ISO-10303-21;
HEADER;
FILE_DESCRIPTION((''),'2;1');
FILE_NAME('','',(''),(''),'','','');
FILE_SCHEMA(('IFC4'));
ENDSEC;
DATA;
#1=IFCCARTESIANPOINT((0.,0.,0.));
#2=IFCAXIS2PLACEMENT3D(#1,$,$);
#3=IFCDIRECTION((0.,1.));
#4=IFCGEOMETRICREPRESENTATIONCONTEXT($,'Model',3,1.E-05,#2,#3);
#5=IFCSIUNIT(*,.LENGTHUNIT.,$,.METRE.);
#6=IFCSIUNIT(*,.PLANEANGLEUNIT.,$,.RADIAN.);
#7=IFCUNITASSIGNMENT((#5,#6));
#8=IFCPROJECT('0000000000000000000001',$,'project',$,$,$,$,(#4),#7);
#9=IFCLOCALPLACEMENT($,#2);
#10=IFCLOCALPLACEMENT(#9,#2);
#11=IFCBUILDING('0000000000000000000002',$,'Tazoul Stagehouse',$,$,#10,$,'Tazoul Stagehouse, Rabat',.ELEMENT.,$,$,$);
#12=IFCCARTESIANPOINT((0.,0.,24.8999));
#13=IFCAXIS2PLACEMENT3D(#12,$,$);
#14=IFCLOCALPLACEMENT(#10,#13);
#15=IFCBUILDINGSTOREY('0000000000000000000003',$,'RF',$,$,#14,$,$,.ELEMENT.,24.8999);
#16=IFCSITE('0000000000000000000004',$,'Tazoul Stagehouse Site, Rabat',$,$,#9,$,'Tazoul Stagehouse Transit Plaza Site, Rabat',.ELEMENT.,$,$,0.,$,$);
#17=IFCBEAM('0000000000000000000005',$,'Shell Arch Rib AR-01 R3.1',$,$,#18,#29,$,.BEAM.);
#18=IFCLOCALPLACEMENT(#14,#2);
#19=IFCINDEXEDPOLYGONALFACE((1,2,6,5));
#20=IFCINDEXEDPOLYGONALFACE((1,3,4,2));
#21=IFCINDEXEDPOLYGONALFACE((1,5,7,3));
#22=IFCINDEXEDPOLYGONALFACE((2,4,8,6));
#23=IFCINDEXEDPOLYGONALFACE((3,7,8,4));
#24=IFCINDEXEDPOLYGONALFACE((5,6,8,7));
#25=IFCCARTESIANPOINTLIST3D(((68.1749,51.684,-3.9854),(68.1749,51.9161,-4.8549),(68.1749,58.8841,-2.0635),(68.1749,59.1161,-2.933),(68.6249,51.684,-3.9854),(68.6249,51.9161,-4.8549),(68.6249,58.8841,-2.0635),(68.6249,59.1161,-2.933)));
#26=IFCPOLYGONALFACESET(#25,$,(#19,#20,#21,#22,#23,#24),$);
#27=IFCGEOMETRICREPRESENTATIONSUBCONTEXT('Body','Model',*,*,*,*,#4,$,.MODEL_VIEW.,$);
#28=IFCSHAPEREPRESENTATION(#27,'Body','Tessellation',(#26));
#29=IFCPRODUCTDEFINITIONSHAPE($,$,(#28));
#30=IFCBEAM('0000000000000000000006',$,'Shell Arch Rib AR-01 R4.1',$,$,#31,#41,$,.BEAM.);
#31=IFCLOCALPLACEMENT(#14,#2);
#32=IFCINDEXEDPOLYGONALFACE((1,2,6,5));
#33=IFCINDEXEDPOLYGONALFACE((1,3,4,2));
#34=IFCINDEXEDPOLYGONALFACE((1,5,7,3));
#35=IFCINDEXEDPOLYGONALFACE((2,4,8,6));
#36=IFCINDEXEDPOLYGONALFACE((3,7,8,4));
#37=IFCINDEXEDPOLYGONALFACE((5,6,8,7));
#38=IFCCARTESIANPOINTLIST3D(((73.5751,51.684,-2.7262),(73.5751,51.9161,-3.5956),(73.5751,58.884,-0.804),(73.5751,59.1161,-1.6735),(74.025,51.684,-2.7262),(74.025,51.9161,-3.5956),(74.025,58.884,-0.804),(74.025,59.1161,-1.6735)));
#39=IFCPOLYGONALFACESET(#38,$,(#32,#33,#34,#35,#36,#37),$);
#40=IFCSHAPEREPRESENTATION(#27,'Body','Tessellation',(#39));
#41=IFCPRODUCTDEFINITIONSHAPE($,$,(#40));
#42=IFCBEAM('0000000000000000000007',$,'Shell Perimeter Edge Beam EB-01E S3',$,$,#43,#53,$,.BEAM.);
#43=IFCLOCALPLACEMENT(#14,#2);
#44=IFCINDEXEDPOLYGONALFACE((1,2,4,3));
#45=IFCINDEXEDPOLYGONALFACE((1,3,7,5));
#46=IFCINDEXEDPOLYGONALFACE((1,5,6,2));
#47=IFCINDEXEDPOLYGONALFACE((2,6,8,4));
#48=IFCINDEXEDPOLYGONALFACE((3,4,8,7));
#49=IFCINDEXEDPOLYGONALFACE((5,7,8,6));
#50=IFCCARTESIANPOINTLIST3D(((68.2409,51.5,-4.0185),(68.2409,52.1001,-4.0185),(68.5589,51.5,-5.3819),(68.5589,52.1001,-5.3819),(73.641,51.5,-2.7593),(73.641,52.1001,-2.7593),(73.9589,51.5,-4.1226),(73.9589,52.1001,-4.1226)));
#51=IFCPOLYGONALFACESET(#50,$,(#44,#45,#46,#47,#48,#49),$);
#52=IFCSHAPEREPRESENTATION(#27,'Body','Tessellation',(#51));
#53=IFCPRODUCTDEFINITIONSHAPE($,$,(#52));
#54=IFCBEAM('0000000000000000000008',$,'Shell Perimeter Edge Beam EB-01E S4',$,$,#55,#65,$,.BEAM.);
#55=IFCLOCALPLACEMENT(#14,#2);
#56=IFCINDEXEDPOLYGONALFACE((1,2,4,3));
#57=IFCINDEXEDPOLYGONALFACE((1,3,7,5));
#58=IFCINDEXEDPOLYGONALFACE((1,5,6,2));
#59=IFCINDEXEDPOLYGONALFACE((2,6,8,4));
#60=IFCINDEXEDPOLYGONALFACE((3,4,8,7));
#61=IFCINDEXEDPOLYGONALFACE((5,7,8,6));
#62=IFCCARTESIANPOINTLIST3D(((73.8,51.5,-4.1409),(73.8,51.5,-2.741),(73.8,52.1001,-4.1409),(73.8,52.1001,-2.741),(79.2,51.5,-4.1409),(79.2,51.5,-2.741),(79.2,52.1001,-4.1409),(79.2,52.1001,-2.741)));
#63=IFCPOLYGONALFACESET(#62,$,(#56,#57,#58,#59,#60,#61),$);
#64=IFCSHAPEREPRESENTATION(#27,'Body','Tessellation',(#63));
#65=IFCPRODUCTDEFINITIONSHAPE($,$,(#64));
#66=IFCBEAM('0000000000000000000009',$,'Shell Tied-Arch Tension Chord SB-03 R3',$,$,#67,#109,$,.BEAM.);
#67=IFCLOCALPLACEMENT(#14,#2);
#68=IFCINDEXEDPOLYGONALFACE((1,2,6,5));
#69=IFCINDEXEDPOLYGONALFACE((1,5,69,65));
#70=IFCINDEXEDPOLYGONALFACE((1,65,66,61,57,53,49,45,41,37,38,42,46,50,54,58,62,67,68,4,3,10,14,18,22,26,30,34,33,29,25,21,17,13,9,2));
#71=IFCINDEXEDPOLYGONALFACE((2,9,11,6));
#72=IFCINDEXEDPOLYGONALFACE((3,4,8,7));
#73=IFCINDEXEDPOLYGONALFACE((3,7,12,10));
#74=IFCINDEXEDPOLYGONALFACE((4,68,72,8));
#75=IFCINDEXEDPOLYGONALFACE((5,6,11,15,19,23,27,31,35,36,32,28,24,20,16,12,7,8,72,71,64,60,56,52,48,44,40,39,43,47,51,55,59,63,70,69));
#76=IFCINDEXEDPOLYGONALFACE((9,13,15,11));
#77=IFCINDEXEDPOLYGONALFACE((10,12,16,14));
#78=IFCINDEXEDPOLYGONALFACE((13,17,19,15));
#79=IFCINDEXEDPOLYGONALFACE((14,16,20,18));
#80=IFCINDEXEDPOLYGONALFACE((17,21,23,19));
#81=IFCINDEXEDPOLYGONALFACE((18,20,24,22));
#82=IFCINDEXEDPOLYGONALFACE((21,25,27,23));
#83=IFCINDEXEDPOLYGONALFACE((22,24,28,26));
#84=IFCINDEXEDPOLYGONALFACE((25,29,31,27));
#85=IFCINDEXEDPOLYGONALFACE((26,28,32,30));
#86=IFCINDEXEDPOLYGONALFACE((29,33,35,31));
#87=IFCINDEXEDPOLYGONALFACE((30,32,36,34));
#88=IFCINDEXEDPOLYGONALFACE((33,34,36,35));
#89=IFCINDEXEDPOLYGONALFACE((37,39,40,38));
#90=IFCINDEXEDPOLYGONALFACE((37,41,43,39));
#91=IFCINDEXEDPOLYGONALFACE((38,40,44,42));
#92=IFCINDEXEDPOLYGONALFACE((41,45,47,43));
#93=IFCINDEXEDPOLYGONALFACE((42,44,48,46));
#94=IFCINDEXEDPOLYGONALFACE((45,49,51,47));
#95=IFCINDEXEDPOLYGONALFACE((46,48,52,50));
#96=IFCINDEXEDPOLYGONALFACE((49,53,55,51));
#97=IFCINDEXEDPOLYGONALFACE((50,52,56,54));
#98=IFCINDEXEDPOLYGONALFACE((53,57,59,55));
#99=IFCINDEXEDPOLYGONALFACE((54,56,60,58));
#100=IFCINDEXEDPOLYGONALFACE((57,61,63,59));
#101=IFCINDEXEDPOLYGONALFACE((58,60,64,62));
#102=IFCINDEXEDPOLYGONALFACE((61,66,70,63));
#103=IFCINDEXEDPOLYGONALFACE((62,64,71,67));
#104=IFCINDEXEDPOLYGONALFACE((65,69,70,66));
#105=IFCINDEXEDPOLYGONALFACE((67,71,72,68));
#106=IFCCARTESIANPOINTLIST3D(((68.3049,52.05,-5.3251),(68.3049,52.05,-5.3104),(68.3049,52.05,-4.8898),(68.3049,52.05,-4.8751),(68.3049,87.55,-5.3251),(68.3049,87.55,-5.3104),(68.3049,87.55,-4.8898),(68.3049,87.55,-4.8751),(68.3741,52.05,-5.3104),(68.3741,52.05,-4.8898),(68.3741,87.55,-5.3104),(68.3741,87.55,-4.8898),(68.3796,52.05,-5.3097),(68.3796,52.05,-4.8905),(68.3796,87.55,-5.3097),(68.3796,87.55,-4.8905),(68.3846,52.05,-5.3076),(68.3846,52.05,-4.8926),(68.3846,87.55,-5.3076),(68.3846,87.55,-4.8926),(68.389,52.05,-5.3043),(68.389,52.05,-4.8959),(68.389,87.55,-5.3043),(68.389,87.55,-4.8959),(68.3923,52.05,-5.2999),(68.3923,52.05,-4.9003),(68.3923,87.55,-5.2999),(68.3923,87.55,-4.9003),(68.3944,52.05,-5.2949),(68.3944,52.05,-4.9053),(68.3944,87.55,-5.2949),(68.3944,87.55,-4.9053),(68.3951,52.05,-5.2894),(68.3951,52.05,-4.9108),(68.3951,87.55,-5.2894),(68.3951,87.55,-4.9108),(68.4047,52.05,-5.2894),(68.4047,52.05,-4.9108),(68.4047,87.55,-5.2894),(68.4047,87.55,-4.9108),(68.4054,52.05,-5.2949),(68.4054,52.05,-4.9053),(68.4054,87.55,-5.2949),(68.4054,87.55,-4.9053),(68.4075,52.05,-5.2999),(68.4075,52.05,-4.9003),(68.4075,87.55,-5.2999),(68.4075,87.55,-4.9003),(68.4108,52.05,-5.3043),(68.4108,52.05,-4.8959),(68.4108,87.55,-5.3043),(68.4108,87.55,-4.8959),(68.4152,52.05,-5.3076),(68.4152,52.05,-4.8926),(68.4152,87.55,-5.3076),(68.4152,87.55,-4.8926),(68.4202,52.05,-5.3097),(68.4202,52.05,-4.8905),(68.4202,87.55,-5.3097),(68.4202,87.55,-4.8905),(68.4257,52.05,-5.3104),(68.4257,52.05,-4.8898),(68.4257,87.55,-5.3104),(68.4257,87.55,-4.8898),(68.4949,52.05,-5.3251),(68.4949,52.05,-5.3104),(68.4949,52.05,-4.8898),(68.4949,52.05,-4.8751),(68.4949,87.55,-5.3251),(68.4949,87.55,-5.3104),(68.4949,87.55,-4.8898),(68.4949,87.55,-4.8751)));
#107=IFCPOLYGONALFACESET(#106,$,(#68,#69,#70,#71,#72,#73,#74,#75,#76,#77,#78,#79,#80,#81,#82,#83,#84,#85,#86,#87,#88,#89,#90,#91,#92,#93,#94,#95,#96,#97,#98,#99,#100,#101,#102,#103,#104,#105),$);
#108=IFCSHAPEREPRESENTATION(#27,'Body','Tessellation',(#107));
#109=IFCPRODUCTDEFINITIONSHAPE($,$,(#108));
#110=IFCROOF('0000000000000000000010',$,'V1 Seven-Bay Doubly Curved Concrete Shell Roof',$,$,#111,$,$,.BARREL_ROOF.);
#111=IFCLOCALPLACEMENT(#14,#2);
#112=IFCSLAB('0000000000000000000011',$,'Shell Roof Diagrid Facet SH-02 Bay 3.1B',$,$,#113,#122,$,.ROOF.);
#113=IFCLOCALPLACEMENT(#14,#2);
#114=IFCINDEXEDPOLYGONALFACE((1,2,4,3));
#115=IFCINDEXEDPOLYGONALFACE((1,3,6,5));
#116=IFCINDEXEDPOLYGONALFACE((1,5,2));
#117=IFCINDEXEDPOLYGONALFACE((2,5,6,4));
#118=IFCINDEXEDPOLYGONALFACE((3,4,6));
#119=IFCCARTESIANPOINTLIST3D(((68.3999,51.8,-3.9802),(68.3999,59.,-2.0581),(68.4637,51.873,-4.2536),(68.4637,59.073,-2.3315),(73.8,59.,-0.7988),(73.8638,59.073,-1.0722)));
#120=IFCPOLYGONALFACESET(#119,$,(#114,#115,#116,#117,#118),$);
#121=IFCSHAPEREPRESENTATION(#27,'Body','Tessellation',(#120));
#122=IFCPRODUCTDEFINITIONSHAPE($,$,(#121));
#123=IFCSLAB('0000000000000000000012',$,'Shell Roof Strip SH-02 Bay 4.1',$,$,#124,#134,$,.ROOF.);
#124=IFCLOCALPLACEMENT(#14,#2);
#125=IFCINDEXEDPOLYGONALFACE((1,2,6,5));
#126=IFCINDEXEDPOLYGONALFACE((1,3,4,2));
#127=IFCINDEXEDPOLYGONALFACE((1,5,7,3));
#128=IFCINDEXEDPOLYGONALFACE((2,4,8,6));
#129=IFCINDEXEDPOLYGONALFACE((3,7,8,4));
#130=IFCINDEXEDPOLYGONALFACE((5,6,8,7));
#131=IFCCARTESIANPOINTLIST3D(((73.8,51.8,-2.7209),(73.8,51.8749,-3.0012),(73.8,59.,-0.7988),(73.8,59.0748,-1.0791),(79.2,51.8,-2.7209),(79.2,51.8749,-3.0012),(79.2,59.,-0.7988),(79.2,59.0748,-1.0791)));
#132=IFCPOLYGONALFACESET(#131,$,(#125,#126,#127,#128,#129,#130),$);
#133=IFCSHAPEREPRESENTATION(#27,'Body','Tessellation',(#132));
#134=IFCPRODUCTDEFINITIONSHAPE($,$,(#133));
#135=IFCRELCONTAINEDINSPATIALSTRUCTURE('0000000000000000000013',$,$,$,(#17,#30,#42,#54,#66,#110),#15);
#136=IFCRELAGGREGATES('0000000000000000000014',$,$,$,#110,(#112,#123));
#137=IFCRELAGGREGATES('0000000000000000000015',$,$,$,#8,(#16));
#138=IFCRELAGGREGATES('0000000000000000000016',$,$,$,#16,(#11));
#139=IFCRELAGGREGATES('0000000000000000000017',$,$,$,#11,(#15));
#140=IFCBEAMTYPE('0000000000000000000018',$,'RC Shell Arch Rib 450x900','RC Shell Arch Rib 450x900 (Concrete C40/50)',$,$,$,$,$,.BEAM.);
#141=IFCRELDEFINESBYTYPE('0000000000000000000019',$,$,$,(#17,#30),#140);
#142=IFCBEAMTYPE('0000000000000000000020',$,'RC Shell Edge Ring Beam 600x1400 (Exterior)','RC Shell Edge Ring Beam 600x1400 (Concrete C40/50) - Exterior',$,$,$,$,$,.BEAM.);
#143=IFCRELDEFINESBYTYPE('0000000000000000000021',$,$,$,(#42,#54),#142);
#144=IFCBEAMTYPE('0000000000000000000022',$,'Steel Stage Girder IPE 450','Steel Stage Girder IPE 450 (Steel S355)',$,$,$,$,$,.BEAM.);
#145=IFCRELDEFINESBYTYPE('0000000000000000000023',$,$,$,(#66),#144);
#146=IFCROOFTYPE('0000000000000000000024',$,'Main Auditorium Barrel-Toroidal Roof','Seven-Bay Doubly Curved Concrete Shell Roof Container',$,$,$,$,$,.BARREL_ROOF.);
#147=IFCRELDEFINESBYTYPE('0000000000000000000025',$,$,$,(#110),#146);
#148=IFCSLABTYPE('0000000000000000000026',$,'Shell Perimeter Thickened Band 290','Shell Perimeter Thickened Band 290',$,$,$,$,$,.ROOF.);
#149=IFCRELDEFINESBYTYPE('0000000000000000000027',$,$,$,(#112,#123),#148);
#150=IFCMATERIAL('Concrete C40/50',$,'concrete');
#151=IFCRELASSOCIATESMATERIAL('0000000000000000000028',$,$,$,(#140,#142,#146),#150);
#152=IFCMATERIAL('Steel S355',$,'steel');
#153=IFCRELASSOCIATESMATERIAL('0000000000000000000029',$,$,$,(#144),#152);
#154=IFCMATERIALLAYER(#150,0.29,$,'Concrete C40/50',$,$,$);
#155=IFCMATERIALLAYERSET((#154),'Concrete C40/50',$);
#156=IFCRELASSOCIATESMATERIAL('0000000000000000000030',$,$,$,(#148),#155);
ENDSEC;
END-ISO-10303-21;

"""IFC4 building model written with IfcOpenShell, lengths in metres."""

from ifc_helpers import new_model, si_unit, direction, frame, origin, origin_2d, place, context, subcontext, project, spatial, polyline, rectangle, i_section, outline, extrude, material, layer, layer_set, material_profile, profile_set, type_object, element, aggregate, save


model = new_model("IFC4")

# Units and contexts
model_context = context("Model", 3, precision=1e-05, world=origin(), true_north=direction((0.0, 1.0)))
body_context = subcontext(model_context, "Body", "Model", "MODEL_VIEW")
ifc_project = project(units=[si_unit("LENGTHUNIT", "METRE"), si_unit("PLANEANGLEUNIT", "RADIAN")], contexts=[model_context])

# Site, building, storey
site_placement = place(None, origin())
building_placement = place(site_placement, origin())
storey_placement = place(building_placement, frame((0.0, 0.0, 24.8999)))
site = spatial("IfcSite", under=ifc_project, at=site_placement, Name="Tazoul Stagehouse Site, Rabat", LongName="Tazoul Stagehouse Transit Plaza Site, Rabat", CompositionType="ELEMENT", RefElevation=0.0)
building = spatial("IfcBuilding", under=site, at=building_placement, Name="Tazoul Stagehouse", LongName="Tazoul Stagehouse, Rabat", CompositionType="ELEMENT")
storey = spatial("IfcBuildingStorey", under=building, at=storey_placement, Name="RF", CompositionType="ELEMENT", Elevation=24.8999)

# Beams
ifc_material_1 = material(Name="Concrete C40/50", Category="concrete")
ifc_material_profile_1 = material_profile(ifc_material_1, rectangle(XDim=0.45, YDim=0.8999, at=origin_2d()), Name="RC 450x900")
ifc_profile_set_1 = profile_set([ifc_material_profile_1], Name="Concrete C40/50")
beam_type_1 = type_object("IfcBeamType", Name="RC Shell Arch Rib 450x900", Description="RC Shell Arch Rib 450x900 (Concrete C40/50)", PredefinedType="BEAM", material=ifc_profile_set_1)
for number, where, z_axis, x_axis, name in (
    (1, (68.3999, 51.8, -4.4202), (0.0, 0.966172, 0.257899), (-1.0, 0.0, 0.0), "Shell Arch Rib AR-01 R3.1"),
    (2, (73.8, 51.8, -3.1609), (0.0, 0.966164, 0.25793), (-1.0, 0.0, 0.0), "Shell Arch Rib AR-01 R4.1"),
):
    element("IfcBeam", number, at=place(storey_placement, frame(where, z_axis=z_axis, x_axis=x_axis)), inside=storey, type_object=beam_type_1, Name=name, PredefinedType="BEAM", context=body_context, shape_type="SweptSolid", body=[
        extrude(rectangle(XDim=0.45, YDim=0.8999, at=origin_2d()), origin(), (0.0, 0.0, 1.0), 7.4521),
    ])
ifc_material_profile_2 = material_profile(ifc_material_1, rectangle(XDim=0.6001, YDim=1.3999, at=origin_2d()), Name="RC 600x1400")
ifc_profile_set_2 = profile_set([ifc_material_profile_2], Name="Concrete C40/50")
beam_type_2 = type_object("IfcBeamType", Name="RC Shell Edge Ring Beam 600x1400 (Exterior)", Description="RC Shell Edge Ring Beam 600x1400 (Concrete C40/50) - Exterior", PredefinedType="BEAM", material=ifc_profile_set_2)
beam_1_placement = place(storey_placement, frame((68.3999, 51.8, -4.7002), z_axis=(0.973871, 0.0, 0.2271), x_axis=(0.0, 1.0, 0.0)))
element("IfcBeam", 3, at=beam_1_placement, inside=storey, type_object=beam_type_2, Name="Shell Perimeter Edge Beam EB-01E S3", PredefinedType="BEAM", context=body_context, shape_type="SweptSolid", body=[
    extrude(rectangle(XDim=0.6001, YDim=1.3999, at=origin_2d()), origin(), (0.0, 0.0, 1.0), 5.5449),
])
beam_2_placement = place(storey_placement, frame((73.8, 51.8, -3.4409), z_axis=(1.0, 0.0, 0.0), x_axis=(0.0, 1.0, 0.0)))
element("IfcBeam", 4, at=beam_2_placement, inside=storey, type_object=beam_type_2, Name="Shell Perimeter Edge Beam EB-01E S4", PredefinedType="BEAM", context=body_context, shape_type="SweptSolid", body=[
    extrude(rectangle(XDim=0.6001, YDim=1.3999, at=origin_2d()), origin(), (0.0, 0.0, 1.0), 5.3999),
])
ifc_material_2 = material(Name="Steel S355", Category="steel")
ifc_material_profile_3 = material_profile(ifc_material_2, i_section(OverallWidth=0.1899, OverallDepth=0.45, WebThickness=0.0095, FlangeThickness=0.0146, FilletRadius=0.021, at=origin_2d()), Name="IPE 450")
ifc_profile_set_3 = profile_set([ifc_material_profile_3], Name="Steel S355")
beam_type_3 = type_object("IfcBeamType", Name="Steel Stage Girder IPE 450", Description="Steel Stage Girder IPE 450 (Steel S355)", PredefinedType="BEAM", material=ifc_profile_set_3)
beam_3_placement = place(storey_placement, frame((68.3999, 52.05, -5.1001), z_axis=(0.0, 1.0, 0.0), x_axis=(-1.0, 0.0, 0.0)))
element("IfcBeam", 5, at=beam_3_placement, inside=storey, type_object=beam_type_3, Name="Shell Tied-Arch Tension Chord SB-03 R3", PredefinedType="BEAM", context=body_context, shape_type="SweptSolid", body=[
    extrude(i_section(OverallWidth=0.1899, OverallDepth=0.45, WebThickness=0.0095, FlangeThickness=0.0146, FilletRadius=0.021, at=origin_2d()), origin(), (0.0, 0.0, 1.0), 35.5),
])

# Roof, slabs
roof_type = type_object("IfcRoofType", Name="Main Auditorium Barrel-Toroidal Roof", Description="Seven-Bay Doubly Curved Concrete Shell Roof Container", PredefinedType="BARREL_ROOF", material=ifc_material_1)
roof_placement = place(storey_placement, origin())
roof = element("IfcRoof", 6, at=roof_placement, inside=storey, type_object=roof_type, Name="V1 Seven-Bay Doubly Curved Concrete Shell Roof", PredefinedType="BARREL_ROOF")
ifc_layer_1 = layer(ifc_material_1, 0.29, Name="Concrete C40/50")
ifc_layer_set_1 = layer_set([ifc_layer_1], Name="Concrete C40/50")
slab_type = type_object("IfcSlabType", Name="Shell Perimeter Thickened Band 290", Description="Shell Perimeter Thickened Band 290", PredefinedType="ROOF", material=ifc_layer_set_1)
slab_1_placement = place(storey_placement, frame((68.3999, 51.8, -3.9802), z_axis=(-0.219793, -0.251622, 0.942538), x_axis=(0.56571, 0.754254, 0.333277)))
slab_1 = element("IfcSlab", 7, at=slab_1_placement, type_object=slab_type, Name="Shell Roof Diagrid Facet SH-02 Bay 3.1B", PredefinedType="ROOF", context=body_context, shape_type="SweptSolid", body=[
    extrude(outline(polyline([(0.0, 0.0), (9.5458, 0.0), (6.0712, 4.3214), (0.0, 0.0)])), origin(), (0.0, 0.0, -1.0), 0.29),
])
slab_2_placement = place(storey_placement, frame((73.8, 51.8, -2.7209), z_axis=(0.0, -0.25793, 0.966164), x_axis=(1.0, 0.0, 0.0)))
slab_2 = element("IfcSlab", 8, at=slab_2_placement, type_object=slab_type, Name="Shell Roof Strip SH-02 Bay 4.1", PredefinedType="ROOF", context=body_context, shape_type="SweptSolid", body=[
    extrude(outline(polyline([(0.0, 0.0), (5.3999, 0.0), (5.3999, 7.4521), (0.0, 7.4521), (0.0, 0.0)])), origin(), (0.0, 0.0, -1.0), 0.29),
])
aggregate(roof, [slab_1, slab_2])

save(model, "model.ifc")
